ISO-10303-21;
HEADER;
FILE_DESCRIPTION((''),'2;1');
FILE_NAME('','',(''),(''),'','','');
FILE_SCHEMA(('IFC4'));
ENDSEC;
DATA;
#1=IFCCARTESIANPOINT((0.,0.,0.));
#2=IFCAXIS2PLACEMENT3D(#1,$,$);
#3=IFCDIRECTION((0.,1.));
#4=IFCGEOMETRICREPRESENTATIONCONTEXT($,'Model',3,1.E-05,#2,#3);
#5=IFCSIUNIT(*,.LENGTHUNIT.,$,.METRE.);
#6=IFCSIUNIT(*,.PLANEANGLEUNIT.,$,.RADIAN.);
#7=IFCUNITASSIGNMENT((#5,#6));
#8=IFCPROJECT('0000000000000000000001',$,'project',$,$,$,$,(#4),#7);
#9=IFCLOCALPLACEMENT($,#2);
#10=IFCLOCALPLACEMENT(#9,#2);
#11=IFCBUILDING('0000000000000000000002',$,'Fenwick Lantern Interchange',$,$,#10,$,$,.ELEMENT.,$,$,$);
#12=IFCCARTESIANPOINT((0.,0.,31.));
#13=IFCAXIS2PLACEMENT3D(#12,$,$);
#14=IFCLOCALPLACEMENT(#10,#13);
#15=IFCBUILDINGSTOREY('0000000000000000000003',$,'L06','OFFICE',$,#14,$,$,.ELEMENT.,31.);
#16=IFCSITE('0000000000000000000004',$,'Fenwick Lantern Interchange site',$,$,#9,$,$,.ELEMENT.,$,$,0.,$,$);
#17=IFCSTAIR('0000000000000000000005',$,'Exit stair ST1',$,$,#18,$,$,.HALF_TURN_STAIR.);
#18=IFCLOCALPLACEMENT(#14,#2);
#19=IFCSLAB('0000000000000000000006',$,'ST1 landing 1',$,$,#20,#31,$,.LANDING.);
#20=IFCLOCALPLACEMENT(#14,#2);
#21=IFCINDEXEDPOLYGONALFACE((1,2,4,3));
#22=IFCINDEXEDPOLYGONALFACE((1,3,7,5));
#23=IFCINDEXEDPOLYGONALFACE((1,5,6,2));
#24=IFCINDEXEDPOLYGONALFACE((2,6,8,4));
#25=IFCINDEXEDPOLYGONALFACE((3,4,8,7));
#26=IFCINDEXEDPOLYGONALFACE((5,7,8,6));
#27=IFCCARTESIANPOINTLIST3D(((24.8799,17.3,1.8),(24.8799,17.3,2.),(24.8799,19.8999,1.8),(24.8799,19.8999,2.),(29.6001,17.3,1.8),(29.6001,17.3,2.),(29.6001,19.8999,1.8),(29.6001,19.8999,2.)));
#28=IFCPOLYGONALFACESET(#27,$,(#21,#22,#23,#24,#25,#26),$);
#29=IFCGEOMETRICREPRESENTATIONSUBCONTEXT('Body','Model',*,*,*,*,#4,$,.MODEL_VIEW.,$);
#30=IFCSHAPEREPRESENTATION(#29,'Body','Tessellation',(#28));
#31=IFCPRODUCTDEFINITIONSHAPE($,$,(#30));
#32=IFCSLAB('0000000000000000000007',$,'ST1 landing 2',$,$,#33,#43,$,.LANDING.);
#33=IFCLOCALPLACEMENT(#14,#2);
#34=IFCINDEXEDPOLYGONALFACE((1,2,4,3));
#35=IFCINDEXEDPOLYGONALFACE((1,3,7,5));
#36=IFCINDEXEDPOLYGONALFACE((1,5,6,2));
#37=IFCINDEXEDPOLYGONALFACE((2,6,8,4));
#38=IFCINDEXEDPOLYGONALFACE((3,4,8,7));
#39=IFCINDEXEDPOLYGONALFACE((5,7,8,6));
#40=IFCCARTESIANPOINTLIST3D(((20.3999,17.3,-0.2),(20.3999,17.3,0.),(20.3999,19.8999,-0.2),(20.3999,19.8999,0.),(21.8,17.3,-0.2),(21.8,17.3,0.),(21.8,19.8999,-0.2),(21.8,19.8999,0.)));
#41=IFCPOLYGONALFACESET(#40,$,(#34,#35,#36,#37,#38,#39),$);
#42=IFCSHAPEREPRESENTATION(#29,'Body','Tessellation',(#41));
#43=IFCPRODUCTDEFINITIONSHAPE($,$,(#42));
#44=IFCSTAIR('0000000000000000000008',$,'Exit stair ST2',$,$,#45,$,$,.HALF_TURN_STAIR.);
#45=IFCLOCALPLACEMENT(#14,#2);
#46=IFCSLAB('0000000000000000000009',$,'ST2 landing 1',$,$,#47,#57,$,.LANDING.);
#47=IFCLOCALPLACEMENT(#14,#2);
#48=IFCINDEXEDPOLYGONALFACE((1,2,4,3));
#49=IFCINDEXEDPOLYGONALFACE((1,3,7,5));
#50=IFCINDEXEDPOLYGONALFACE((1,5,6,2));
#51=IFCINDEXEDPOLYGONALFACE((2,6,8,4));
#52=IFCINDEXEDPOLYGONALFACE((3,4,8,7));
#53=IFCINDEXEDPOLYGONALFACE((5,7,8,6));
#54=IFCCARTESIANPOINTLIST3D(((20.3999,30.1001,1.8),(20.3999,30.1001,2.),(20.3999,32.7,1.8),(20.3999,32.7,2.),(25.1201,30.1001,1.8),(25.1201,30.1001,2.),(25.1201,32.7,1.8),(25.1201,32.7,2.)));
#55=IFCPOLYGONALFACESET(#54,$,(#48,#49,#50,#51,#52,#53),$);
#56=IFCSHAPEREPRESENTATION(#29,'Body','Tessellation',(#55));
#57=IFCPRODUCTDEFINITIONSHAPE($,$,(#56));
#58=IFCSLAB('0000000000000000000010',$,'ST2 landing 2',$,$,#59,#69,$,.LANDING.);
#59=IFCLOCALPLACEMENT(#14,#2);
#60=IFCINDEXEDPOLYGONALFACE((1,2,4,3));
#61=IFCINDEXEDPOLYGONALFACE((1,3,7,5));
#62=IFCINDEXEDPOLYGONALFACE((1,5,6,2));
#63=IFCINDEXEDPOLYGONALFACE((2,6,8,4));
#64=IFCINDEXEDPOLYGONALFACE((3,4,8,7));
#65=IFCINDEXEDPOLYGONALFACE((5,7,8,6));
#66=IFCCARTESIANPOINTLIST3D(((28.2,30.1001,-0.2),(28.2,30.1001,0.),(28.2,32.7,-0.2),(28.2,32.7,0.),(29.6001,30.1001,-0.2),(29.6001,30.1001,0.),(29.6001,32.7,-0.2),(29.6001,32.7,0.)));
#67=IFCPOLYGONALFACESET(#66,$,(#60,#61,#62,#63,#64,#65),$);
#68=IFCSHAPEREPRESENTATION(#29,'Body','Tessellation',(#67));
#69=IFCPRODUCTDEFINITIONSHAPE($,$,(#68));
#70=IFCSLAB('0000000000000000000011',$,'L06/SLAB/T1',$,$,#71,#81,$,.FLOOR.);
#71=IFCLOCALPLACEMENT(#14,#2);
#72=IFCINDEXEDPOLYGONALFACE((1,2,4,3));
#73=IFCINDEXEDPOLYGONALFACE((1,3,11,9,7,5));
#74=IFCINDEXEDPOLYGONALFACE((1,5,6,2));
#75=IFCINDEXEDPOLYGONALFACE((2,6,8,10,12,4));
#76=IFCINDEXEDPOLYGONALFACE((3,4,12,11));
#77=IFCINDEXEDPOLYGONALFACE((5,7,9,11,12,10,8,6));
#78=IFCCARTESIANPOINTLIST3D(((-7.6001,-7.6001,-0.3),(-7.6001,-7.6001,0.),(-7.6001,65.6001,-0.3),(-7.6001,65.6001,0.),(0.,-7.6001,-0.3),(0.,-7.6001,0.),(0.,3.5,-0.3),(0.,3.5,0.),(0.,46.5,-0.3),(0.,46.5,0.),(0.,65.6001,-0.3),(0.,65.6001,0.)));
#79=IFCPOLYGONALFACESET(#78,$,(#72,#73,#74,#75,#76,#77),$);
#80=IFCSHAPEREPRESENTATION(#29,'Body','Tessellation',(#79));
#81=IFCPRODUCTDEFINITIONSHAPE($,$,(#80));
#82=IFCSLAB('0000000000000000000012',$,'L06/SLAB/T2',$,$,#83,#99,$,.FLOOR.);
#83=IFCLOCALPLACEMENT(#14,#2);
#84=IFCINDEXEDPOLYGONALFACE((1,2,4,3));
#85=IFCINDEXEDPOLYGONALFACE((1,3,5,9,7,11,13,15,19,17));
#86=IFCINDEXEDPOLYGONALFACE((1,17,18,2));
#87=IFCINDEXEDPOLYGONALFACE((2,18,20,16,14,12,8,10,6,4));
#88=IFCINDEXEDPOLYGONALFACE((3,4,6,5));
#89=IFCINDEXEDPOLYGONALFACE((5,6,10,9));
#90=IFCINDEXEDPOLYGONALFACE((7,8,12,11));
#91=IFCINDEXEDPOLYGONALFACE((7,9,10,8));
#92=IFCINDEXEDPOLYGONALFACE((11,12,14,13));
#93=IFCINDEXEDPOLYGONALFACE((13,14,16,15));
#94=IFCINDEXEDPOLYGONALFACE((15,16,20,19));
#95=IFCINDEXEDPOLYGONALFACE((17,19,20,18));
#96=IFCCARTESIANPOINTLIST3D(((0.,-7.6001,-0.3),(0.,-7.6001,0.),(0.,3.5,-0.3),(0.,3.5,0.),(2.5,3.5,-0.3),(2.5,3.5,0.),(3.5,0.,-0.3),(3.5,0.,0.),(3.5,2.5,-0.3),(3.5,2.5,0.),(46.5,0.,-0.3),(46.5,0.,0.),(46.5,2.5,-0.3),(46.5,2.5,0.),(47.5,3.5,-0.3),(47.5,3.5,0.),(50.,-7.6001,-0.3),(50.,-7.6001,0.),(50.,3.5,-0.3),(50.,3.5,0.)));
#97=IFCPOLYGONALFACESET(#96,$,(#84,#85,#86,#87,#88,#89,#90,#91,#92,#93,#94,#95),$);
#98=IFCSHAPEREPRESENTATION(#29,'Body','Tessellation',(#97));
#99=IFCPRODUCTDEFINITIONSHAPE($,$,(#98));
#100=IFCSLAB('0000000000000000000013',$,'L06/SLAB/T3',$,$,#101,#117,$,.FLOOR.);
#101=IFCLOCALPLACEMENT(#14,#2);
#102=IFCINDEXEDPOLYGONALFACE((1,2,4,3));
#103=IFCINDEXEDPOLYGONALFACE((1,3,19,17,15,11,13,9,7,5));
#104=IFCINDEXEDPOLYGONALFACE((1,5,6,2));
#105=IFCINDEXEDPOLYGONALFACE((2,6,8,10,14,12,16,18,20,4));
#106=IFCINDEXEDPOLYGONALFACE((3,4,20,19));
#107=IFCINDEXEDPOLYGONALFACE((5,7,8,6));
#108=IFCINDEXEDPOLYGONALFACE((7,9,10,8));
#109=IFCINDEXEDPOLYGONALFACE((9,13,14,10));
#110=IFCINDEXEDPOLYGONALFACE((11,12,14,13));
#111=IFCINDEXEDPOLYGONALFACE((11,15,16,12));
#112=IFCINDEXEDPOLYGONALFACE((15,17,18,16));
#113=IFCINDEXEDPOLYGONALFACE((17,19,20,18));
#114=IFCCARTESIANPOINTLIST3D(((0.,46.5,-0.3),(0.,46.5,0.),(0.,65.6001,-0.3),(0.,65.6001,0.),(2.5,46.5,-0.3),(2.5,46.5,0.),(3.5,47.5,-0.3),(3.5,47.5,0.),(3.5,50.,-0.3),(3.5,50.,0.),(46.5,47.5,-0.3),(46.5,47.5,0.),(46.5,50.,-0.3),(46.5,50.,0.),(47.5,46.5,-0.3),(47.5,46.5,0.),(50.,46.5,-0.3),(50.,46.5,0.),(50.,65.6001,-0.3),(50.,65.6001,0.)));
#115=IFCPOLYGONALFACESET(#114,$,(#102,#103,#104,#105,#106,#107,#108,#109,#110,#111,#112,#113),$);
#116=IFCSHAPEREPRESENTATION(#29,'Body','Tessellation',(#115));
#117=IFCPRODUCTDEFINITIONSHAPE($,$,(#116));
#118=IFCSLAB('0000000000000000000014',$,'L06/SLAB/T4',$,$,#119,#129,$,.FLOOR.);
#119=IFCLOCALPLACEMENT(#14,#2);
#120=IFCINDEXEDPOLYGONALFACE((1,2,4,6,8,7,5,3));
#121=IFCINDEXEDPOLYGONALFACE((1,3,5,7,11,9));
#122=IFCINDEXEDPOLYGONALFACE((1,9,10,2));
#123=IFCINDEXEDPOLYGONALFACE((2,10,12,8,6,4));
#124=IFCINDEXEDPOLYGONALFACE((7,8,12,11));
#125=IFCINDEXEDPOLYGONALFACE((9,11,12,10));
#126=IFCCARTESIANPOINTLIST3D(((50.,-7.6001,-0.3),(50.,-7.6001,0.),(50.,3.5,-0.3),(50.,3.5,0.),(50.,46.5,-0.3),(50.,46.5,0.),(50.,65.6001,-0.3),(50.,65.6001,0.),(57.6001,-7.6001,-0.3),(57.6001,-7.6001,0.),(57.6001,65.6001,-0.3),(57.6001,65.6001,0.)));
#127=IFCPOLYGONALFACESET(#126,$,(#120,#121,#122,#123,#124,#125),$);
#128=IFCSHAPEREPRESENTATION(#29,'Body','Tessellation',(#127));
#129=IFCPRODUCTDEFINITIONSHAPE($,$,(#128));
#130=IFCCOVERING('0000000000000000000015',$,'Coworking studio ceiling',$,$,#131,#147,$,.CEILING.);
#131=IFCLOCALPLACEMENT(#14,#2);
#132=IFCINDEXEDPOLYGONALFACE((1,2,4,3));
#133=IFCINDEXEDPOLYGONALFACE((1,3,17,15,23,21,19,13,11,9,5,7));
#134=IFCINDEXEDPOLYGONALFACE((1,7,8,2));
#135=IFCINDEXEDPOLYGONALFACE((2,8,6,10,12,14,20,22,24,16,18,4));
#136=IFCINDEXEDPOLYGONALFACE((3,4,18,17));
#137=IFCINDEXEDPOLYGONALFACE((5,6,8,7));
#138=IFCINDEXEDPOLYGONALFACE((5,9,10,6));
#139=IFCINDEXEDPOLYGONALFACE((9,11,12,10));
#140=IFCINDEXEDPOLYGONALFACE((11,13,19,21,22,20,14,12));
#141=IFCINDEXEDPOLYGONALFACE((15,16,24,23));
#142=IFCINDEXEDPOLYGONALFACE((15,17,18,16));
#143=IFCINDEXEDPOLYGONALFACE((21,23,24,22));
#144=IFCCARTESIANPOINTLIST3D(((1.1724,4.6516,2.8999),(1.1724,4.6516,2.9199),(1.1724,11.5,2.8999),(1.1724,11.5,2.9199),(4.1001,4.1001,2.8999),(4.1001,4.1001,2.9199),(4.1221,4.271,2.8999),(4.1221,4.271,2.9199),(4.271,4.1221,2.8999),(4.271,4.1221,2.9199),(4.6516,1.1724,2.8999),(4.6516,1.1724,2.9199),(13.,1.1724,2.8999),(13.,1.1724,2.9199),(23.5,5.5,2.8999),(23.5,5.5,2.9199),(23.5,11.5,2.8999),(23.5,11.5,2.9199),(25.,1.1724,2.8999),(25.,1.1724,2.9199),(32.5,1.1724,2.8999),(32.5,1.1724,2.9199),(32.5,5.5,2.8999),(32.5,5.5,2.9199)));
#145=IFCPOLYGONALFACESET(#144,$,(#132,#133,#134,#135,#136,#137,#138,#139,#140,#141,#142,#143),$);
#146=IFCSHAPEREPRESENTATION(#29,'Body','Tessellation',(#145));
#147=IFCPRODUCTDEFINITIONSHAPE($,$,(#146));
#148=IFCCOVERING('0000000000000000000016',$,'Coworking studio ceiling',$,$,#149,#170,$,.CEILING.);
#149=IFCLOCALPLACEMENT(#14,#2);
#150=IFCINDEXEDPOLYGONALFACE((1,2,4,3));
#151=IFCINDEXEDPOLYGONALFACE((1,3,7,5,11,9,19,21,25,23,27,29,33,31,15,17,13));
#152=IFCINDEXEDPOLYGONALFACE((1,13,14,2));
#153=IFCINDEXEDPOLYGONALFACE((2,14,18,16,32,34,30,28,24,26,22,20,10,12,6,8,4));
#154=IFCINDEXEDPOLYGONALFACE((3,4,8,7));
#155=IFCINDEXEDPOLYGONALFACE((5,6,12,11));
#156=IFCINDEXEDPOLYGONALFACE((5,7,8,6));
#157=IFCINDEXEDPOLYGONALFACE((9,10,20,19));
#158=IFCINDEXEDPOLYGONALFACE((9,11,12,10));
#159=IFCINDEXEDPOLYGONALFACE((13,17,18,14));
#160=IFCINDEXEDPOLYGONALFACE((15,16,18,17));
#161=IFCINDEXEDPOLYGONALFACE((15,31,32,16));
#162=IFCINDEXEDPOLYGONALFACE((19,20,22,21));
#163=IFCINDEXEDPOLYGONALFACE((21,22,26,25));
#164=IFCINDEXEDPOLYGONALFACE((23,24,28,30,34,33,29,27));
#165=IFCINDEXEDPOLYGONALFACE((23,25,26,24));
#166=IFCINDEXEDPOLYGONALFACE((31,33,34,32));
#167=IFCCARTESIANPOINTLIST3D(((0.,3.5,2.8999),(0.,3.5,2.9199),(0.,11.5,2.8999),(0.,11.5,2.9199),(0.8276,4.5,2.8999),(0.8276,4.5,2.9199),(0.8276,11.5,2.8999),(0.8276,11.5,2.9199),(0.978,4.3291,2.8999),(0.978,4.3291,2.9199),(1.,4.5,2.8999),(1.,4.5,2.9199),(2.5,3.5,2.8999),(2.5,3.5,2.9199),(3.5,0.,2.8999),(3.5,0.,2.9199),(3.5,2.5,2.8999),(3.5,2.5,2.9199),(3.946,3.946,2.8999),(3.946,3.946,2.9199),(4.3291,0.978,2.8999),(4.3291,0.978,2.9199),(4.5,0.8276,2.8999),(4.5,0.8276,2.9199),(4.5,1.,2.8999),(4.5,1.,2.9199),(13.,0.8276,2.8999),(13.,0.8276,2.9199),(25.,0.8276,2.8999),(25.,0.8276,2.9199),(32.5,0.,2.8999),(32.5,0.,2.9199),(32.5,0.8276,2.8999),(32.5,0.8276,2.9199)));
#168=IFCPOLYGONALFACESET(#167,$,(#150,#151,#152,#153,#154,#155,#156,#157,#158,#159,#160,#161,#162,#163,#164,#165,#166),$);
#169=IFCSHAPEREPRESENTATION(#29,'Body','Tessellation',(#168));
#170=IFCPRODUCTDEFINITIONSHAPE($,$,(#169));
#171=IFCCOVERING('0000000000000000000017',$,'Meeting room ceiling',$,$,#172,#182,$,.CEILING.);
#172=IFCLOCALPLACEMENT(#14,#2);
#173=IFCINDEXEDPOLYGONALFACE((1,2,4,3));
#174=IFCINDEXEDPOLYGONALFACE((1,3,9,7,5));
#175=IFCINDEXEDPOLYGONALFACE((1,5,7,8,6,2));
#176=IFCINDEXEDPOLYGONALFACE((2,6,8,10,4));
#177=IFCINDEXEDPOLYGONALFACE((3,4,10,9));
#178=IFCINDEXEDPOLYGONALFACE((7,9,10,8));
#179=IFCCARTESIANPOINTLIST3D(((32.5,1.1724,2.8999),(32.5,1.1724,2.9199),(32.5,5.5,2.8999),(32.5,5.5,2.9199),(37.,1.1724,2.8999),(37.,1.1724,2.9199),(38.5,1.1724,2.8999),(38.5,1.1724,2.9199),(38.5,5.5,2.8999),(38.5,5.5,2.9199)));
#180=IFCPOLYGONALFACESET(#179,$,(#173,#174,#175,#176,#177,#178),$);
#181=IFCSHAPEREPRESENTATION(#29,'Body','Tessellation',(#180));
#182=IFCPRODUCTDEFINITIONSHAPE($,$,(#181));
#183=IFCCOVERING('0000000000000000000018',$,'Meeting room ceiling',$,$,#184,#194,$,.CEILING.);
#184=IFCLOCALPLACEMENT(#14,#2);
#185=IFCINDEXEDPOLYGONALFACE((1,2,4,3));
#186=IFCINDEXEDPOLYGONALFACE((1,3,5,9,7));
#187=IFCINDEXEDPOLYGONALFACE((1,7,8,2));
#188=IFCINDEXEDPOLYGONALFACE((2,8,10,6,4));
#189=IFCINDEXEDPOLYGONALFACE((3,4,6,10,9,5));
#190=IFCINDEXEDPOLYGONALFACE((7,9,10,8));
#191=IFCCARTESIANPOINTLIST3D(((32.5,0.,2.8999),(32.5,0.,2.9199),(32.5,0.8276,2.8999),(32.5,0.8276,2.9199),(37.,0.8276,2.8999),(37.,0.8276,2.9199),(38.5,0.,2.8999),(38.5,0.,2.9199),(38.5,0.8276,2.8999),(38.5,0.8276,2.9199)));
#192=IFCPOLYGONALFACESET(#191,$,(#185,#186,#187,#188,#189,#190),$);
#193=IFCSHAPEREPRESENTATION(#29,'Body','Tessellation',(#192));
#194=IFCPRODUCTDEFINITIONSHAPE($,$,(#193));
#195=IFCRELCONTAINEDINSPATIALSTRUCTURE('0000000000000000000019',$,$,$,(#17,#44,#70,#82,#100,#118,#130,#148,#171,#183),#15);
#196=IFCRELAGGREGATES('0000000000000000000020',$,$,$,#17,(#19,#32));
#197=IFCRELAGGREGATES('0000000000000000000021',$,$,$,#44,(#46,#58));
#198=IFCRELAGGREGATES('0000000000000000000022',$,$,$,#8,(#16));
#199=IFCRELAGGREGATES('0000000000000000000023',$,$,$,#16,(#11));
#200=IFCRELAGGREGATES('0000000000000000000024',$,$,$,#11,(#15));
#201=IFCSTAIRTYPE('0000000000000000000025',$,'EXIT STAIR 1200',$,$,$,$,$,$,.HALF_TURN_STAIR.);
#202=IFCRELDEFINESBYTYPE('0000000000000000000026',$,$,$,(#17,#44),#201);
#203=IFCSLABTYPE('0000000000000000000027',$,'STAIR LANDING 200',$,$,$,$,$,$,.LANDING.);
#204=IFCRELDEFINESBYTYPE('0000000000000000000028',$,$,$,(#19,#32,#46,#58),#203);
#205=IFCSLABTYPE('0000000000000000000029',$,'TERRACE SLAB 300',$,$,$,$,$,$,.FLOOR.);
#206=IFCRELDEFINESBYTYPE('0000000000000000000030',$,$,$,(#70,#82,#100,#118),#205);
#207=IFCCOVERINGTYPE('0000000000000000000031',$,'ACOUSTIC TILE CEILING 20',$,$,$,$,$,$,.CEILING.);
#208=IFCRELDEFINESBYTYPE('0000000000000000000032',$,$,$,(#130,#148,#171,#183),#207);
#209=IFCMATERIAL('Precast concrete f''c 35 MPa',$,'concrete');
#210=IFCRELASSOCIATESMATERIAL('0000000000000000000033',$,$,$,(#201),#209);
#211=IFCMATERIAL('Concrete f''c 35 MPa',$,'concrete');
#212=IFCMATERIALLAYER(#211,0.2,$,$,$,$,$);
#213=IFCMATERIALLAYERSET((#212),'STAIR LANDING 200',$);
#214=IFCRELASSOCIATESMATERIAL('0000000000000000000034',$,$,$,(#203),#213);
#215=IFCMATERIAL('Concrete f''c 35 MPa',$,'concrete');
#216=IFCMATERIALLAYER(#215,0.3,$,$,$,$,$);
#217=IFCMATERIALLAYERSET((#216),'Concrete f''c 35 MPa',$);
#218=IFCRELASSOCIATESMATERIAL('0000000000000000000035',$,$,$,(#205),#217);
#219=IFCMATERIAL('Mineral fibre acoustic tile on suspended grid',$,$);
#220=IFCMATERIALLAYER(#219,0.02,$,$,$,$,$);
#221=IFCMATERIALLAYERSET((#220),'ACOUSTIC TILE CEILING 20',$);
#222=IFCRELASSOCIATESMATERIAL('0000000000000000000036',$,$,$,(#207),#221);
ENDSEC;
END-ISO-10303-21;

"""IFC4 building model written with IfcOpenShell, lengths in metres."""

from ifc_helpers import new_model, si_unit, direction, frame, origin, place, context, subcontext, project, spatial, polyline, outline, extrude, material, layer, layer_set, type_object, element, aggregate, save


model = new_model("IFC4")

# Units and contexts
model_context = context("Model", 3, precision=1e-05, world=origin(), true_north=direction((0.0, 1.0)))
body_context = subcontext(model_context, "Body", "Model", "MODEL_VIEW")
ifc_project = project(units=[si_unit("LENGTHUNIT", "METRE"), si_unit("PLANEANGLEUNIT", "RADIAN")], contexts=[model_context])

# Site, building, storey
site_placement = place(None, origin())
site = spatial("IfcSite", under=ifc_project, at=site_placement, Name="Fenwick Lantern Interchange site", CompositionType="ELEMENT", RefElevation=0.0)
building_placement = place(site_placement, origin())
building = spatial("IfcBuilding", under=site, at=building_placement, Name="Fenwick Lantern Interchange", CompositionType="ELEMENT")
storey_placement = place(building_placement, frame((0.0, 0.0, 31.0)))
storey = spatial("IfcBuildingStorey", under=building, at=storey_placement, Name="L06", Description="OFFICE", CompositionType="ELEMENT", Elevation=31.0)

# Shared definitions
ifc_material_1 = material(Name="Concrete f'c 35 MPa", Category="concrete")
ifc_material_2 = material(Name="Concrete f'c 35 MPa", Category="concrete")

# Stairs, slabs
ifc_material_3 = material(Name="Precast concrete f'c 35 MPa", Category="concrete")
stair_type = type_object("IfcStairType", Name="EXIT STAIR 1200", PredefinedType="HALF_TURN_STAIR", material=ifc_material_3)
stair_1_placement = place(storey_placement, origin())
stair_1 = element("IfcStair", 1, at=stair_1_placement, inside=storey, type_object=stair_type, Name="Exit stair ST1", PredefinedType="HALF_TURN_STAIR")
ifc_layer_1 = layer(ifc_material_1, 0.2)
ifc_layer_set_1 = layer_set([ifc_layer_1], Name="STAIR LANDING 200")
slab_type_1 = type_object("IfcSlabType", Name="STAIR LANDING 200", PredefinedType="LANDING", material=ifc_layer_set_1)
slab_1_placement = place(storey_placement, frame((0.0, 0.0, 1.8)))
slab_1 = element("IfcSlab", 2, at=slab_1_placement, type_object=slab_type_1, Name="ST1 landing 1", PredefinedType="LANDING", context=body_context, shape_type="SweptSolid", body=[
    extrude(outline(polyline([(24.8799, 17.3), (29.6001, 17.3), (29.6001, 19.8999), (24.8799, 19.8999), (24.8799, 17.3)])), origin(), (0.0, 0.0, 1.0), 0.2),
])
slab_2_placement = place(storey_placement, frame((0.0, 0.0, -0.2)))
slab_2 = element("IfcSlab", 3, at=slab_2_placement, type_object=slab_type_1, Name="ST1 landing 2", PredefinedType="LANDING", context=body_context, shape_type="SweptSolid", body=[
    extrude(outline(polyline([(20.3999, 17.3), (21.8, 17.3), (21.8, 19.8999), (20.3999, 19.8999), (20.3999, 17.3)])), origin(), (0.0, 0.0, 1.0), 0.2),
])
aggregate(stair_1, [slab_1, slab_2])
stair_2_placement = place(storey_placement, origin())
stair_2 = element("IfcStair", 4, at=stair_2_placement, inside=storey, type_object=stair_type, Name="Exit stair ST2", PredefinedType="HALF_TURN_STAIR")
slab_3_placement = place(storey_placement, frame((0.0, 0.0, 1.8)))
slab_3 = element("IfcSlab", 5, at=slab_3_placement, type_object=slab_type_1, Name="ST2 landing 1", PredefinedType="LANDING", context=body_context, shape_type="SweptSolid", body=[
    extrude(outline(polyline([(25.1201, 32.7), (20.3999, 32.7), (20.3999, 30.1001), (25.1201, 30.1001), (25.1201, 32.7)])), origin(), (0.0, 0.0, 1.0), 0.2),
])
slab_4_placement = place(storey_placement, frame((0.0, 0.0, -0.2)))
slab_4 = element("IfcSlab", 6, at=slab_4_placement, type_object=slab_type_1, Name="ST2 landing 2", PredefinedType="LANDING", context=body_context, shape_type="SweptSolid", body=[
    extrude(outline(polyline([(29.6001, 32.7), (28.2, 32.7), (28.2, 30.1001), (29.6001, 30.1001), (29.6001, 32.7)])), origin(), (0.0, 0.0, 1.0), 0.2),
])
aggregate(stair_2, [slab_3, slab_4])

# Slabs
ifc_layer_2 = layer(ifc_material_2, 0.3)
ifc_layer_set_2 = layer_set([ifc_layer_2], Name="Concrete f'c 35 MPa")
slab_type_2 = type_object("IfcSlabType", Name="TERRACE SLAB 300", PredefinedType="FLOOR", material=ifc_layer_set_2)
slab_5_placement = place(storey_placement, frame((0.0, 0.0, -0.3)))
element("IfcSlab", 7, at=slab_5_placement, inside=storey, type_object=slab_type_2, Name="L06/SLAB/T1", PredefinedType="FLOOR", context=body_context, shape_type="SweptSolid", body=[
    extrude(outline(polyline([(-7.6001, 65.6001), (0.0, 65.6001), (0.0, 46.5), (0.0, 3.5), (0.0, -7.6001), (-7.6001, -7.6001), (-7.6001, 65.6001)])), origin(), (0.0, 0.0, 1.0), 0.3),
])
slab_6_placement = place(storey_placement, frame((0.0, 0.0, -0.3)))
element("IfcSlab", 8, at=slab_6_placement, inside=storey, type_object=slab_type_2, Name="L06/SLAB/T2", PredefinedType="FLOOR", context=body_context, shape_type="SweptSolid", body=[
    extrude(outline(polyline([(0.0, -7.6001), (0.0, 3.5), (2.5, 3.5), (3.5, 2.5), (3.5, 0.0), (46.5, 0.0), (46.5, 2.5), (47.5, 3.5), (50.0, 3.5), (50.0, -7.6001), (0.0, -7.6001)])), origin(), (0.0, 0.0, 1.0), 0.3),
])
slab_7_placement = place(storey_placement, frame((0.0, 0.0, -0.3)))
element("IfcSlab", 9, at=slab_7_placement, inside=storey, type_object=slab_type_2, Name="L06/SLAB/T3", PredefinedType="FLOOR", context=body_context, shape_type="SweptSolid", body=[
    extrude(outline(polyline([(50.0, 65.6001), (50.0, 46.5), (47.5, 46.5), (46.5, 47.5), (46.5, 50.0), (3.5, 50.0), (3.5, 47.5), (2.5, 46.5), (0.0, 46.5), (0.0, 65.6001), (50.0, 65.6001)])), origin(), (0.0, 0.0, 1.0), 0.3),
])
slab_8_placement = place(storey_placement, frame((0.0, 0.0, -0.3)))
element("IfcSlab", 10, at=slab_8_placement, inside=storey, type_object=slab_type_2, Name="L06/SLAB/T4", PredefinedType="FLOOR", context=body_context, shape_type="SweptSolid", body=[
    extrude(outline(polyline([(57.6001, 65.6001), (57.6001, -7.6001), (50.0, -7.6001), (50.0, 3.5), (50.0, 46.5), (50.0, 65.6001), (57.6001, 65.6001)])), origin(), (0.0, 0.0, 1.0), 0.3),
])

# Coverings
ifc_material_4 = material(Name="Mineral fibre acoustic tile on suspended grid")
ifc_layer_3 = layer(ifc_material_4, 0.02)
ifc_layer_set_3 = layer_set([ifc_layer_3], Name="ACOUSTIC TILE CEILING 20")
covering_type_1 = type_object("IfcCoveringType", Name="ACOUSTIC TILE CEILING 20", PredefinedType="CEILING", material=ifc_layer_set_3)
covering_1_placement = place(storey_placement, frame((0.0, 0.0, 2.8999)))
element("IfcCovering", 11, at=covering_1_placement, inside=storey, type_object=covering_type_1, Name="Coworking studio ceiling", PredefinedType="CEILING", context=body_context, shape_type="SweptSolid", body=[
    extrude(outline(polyline([(32.5, 5.5), (23.5, 5.5), (23.5, 11.5), (1.1724, 11.5), (1.1724, 4.6516), (4.1221, 4.271), (4.1001, 4.1001), (4.271, 4.1221), (4.6516, 1.1724), (13.0, 1.1724), (25.0, 1.1724), (32.5, 1.1724), (32.5, 5.5)])), origin(), (0.0, 0.0, 1.0), 0.02),
])
covering_2_placement = place(storey_placement, frame((0.0, 0.0, 2.8999)))
element("IfcCovering", 12, at=covering_2_placement, inside=storey, type_object=covering_type_1, Name="Coworking studio ceiling", PredefinedType="CEILING", context=body_context, shape_type="SweptSolid", body=[
    extrude(outline(polyline([(32.5, 0.0), (32.5, 0.8276), (25.0, 0.8276), (13.0, 0.8276), (4.5, 0.8276), (4.5, 1.0), (4.3291, 0.978), (3.946, 3.946), (0.978, 4.3291), (1.0, 4.5), (0.8276, 4.5), (0.8276, 11.5), (0.0, 11.5), (0.0, 3.5), (2.5, 3.5), (3.5, 2.5), (3.5, 0.0), (32.5, 0.0)])), origin(), (0.0, 0.0, 1.0), 0.02),
])
covering_3_placement = place(storey_placement, frame((0.0, 0.0, 2.8999)))
element("IfcCovering", 13, at=covering_3_placement, inside=storey, type_object=covering_type_1, Name="Meeting room ceiling", PredefinedType="CEILING", context=body_context, shape_type="SweptSolid", body=[
    extrude(outline(polyline([(32.5, 5.5), (32.5, 1.1724), (37.0, 1.1724), (38.5, 1.1724), (38.5, 5.5), (32.5, 5.5)])), origin(), (0.0, 0.0, 1.0), 0.02),
])
covering_4_placement = place(storey_placement, frame((0.0, 0.0, 2.8999)))
element("IfcCovering", 14, at=covering_4_placement, inside=storey, type_object=covering_type_1, Name="Meeting room ceiling", PredefinedType="CEILING", context=body_context, shape_type="SweptSolid", body=[
    extrude(outline(polyline([(38.5, 0.0), (38.5, 0.8276), (37.0, 0.8276), (32.5, 0.8276), (32.5, 0.0), (38.5, 0.0)])), origin(), (0.0, 0.0, 1.0), 0.02),
])

save(model, "model.ifc")
